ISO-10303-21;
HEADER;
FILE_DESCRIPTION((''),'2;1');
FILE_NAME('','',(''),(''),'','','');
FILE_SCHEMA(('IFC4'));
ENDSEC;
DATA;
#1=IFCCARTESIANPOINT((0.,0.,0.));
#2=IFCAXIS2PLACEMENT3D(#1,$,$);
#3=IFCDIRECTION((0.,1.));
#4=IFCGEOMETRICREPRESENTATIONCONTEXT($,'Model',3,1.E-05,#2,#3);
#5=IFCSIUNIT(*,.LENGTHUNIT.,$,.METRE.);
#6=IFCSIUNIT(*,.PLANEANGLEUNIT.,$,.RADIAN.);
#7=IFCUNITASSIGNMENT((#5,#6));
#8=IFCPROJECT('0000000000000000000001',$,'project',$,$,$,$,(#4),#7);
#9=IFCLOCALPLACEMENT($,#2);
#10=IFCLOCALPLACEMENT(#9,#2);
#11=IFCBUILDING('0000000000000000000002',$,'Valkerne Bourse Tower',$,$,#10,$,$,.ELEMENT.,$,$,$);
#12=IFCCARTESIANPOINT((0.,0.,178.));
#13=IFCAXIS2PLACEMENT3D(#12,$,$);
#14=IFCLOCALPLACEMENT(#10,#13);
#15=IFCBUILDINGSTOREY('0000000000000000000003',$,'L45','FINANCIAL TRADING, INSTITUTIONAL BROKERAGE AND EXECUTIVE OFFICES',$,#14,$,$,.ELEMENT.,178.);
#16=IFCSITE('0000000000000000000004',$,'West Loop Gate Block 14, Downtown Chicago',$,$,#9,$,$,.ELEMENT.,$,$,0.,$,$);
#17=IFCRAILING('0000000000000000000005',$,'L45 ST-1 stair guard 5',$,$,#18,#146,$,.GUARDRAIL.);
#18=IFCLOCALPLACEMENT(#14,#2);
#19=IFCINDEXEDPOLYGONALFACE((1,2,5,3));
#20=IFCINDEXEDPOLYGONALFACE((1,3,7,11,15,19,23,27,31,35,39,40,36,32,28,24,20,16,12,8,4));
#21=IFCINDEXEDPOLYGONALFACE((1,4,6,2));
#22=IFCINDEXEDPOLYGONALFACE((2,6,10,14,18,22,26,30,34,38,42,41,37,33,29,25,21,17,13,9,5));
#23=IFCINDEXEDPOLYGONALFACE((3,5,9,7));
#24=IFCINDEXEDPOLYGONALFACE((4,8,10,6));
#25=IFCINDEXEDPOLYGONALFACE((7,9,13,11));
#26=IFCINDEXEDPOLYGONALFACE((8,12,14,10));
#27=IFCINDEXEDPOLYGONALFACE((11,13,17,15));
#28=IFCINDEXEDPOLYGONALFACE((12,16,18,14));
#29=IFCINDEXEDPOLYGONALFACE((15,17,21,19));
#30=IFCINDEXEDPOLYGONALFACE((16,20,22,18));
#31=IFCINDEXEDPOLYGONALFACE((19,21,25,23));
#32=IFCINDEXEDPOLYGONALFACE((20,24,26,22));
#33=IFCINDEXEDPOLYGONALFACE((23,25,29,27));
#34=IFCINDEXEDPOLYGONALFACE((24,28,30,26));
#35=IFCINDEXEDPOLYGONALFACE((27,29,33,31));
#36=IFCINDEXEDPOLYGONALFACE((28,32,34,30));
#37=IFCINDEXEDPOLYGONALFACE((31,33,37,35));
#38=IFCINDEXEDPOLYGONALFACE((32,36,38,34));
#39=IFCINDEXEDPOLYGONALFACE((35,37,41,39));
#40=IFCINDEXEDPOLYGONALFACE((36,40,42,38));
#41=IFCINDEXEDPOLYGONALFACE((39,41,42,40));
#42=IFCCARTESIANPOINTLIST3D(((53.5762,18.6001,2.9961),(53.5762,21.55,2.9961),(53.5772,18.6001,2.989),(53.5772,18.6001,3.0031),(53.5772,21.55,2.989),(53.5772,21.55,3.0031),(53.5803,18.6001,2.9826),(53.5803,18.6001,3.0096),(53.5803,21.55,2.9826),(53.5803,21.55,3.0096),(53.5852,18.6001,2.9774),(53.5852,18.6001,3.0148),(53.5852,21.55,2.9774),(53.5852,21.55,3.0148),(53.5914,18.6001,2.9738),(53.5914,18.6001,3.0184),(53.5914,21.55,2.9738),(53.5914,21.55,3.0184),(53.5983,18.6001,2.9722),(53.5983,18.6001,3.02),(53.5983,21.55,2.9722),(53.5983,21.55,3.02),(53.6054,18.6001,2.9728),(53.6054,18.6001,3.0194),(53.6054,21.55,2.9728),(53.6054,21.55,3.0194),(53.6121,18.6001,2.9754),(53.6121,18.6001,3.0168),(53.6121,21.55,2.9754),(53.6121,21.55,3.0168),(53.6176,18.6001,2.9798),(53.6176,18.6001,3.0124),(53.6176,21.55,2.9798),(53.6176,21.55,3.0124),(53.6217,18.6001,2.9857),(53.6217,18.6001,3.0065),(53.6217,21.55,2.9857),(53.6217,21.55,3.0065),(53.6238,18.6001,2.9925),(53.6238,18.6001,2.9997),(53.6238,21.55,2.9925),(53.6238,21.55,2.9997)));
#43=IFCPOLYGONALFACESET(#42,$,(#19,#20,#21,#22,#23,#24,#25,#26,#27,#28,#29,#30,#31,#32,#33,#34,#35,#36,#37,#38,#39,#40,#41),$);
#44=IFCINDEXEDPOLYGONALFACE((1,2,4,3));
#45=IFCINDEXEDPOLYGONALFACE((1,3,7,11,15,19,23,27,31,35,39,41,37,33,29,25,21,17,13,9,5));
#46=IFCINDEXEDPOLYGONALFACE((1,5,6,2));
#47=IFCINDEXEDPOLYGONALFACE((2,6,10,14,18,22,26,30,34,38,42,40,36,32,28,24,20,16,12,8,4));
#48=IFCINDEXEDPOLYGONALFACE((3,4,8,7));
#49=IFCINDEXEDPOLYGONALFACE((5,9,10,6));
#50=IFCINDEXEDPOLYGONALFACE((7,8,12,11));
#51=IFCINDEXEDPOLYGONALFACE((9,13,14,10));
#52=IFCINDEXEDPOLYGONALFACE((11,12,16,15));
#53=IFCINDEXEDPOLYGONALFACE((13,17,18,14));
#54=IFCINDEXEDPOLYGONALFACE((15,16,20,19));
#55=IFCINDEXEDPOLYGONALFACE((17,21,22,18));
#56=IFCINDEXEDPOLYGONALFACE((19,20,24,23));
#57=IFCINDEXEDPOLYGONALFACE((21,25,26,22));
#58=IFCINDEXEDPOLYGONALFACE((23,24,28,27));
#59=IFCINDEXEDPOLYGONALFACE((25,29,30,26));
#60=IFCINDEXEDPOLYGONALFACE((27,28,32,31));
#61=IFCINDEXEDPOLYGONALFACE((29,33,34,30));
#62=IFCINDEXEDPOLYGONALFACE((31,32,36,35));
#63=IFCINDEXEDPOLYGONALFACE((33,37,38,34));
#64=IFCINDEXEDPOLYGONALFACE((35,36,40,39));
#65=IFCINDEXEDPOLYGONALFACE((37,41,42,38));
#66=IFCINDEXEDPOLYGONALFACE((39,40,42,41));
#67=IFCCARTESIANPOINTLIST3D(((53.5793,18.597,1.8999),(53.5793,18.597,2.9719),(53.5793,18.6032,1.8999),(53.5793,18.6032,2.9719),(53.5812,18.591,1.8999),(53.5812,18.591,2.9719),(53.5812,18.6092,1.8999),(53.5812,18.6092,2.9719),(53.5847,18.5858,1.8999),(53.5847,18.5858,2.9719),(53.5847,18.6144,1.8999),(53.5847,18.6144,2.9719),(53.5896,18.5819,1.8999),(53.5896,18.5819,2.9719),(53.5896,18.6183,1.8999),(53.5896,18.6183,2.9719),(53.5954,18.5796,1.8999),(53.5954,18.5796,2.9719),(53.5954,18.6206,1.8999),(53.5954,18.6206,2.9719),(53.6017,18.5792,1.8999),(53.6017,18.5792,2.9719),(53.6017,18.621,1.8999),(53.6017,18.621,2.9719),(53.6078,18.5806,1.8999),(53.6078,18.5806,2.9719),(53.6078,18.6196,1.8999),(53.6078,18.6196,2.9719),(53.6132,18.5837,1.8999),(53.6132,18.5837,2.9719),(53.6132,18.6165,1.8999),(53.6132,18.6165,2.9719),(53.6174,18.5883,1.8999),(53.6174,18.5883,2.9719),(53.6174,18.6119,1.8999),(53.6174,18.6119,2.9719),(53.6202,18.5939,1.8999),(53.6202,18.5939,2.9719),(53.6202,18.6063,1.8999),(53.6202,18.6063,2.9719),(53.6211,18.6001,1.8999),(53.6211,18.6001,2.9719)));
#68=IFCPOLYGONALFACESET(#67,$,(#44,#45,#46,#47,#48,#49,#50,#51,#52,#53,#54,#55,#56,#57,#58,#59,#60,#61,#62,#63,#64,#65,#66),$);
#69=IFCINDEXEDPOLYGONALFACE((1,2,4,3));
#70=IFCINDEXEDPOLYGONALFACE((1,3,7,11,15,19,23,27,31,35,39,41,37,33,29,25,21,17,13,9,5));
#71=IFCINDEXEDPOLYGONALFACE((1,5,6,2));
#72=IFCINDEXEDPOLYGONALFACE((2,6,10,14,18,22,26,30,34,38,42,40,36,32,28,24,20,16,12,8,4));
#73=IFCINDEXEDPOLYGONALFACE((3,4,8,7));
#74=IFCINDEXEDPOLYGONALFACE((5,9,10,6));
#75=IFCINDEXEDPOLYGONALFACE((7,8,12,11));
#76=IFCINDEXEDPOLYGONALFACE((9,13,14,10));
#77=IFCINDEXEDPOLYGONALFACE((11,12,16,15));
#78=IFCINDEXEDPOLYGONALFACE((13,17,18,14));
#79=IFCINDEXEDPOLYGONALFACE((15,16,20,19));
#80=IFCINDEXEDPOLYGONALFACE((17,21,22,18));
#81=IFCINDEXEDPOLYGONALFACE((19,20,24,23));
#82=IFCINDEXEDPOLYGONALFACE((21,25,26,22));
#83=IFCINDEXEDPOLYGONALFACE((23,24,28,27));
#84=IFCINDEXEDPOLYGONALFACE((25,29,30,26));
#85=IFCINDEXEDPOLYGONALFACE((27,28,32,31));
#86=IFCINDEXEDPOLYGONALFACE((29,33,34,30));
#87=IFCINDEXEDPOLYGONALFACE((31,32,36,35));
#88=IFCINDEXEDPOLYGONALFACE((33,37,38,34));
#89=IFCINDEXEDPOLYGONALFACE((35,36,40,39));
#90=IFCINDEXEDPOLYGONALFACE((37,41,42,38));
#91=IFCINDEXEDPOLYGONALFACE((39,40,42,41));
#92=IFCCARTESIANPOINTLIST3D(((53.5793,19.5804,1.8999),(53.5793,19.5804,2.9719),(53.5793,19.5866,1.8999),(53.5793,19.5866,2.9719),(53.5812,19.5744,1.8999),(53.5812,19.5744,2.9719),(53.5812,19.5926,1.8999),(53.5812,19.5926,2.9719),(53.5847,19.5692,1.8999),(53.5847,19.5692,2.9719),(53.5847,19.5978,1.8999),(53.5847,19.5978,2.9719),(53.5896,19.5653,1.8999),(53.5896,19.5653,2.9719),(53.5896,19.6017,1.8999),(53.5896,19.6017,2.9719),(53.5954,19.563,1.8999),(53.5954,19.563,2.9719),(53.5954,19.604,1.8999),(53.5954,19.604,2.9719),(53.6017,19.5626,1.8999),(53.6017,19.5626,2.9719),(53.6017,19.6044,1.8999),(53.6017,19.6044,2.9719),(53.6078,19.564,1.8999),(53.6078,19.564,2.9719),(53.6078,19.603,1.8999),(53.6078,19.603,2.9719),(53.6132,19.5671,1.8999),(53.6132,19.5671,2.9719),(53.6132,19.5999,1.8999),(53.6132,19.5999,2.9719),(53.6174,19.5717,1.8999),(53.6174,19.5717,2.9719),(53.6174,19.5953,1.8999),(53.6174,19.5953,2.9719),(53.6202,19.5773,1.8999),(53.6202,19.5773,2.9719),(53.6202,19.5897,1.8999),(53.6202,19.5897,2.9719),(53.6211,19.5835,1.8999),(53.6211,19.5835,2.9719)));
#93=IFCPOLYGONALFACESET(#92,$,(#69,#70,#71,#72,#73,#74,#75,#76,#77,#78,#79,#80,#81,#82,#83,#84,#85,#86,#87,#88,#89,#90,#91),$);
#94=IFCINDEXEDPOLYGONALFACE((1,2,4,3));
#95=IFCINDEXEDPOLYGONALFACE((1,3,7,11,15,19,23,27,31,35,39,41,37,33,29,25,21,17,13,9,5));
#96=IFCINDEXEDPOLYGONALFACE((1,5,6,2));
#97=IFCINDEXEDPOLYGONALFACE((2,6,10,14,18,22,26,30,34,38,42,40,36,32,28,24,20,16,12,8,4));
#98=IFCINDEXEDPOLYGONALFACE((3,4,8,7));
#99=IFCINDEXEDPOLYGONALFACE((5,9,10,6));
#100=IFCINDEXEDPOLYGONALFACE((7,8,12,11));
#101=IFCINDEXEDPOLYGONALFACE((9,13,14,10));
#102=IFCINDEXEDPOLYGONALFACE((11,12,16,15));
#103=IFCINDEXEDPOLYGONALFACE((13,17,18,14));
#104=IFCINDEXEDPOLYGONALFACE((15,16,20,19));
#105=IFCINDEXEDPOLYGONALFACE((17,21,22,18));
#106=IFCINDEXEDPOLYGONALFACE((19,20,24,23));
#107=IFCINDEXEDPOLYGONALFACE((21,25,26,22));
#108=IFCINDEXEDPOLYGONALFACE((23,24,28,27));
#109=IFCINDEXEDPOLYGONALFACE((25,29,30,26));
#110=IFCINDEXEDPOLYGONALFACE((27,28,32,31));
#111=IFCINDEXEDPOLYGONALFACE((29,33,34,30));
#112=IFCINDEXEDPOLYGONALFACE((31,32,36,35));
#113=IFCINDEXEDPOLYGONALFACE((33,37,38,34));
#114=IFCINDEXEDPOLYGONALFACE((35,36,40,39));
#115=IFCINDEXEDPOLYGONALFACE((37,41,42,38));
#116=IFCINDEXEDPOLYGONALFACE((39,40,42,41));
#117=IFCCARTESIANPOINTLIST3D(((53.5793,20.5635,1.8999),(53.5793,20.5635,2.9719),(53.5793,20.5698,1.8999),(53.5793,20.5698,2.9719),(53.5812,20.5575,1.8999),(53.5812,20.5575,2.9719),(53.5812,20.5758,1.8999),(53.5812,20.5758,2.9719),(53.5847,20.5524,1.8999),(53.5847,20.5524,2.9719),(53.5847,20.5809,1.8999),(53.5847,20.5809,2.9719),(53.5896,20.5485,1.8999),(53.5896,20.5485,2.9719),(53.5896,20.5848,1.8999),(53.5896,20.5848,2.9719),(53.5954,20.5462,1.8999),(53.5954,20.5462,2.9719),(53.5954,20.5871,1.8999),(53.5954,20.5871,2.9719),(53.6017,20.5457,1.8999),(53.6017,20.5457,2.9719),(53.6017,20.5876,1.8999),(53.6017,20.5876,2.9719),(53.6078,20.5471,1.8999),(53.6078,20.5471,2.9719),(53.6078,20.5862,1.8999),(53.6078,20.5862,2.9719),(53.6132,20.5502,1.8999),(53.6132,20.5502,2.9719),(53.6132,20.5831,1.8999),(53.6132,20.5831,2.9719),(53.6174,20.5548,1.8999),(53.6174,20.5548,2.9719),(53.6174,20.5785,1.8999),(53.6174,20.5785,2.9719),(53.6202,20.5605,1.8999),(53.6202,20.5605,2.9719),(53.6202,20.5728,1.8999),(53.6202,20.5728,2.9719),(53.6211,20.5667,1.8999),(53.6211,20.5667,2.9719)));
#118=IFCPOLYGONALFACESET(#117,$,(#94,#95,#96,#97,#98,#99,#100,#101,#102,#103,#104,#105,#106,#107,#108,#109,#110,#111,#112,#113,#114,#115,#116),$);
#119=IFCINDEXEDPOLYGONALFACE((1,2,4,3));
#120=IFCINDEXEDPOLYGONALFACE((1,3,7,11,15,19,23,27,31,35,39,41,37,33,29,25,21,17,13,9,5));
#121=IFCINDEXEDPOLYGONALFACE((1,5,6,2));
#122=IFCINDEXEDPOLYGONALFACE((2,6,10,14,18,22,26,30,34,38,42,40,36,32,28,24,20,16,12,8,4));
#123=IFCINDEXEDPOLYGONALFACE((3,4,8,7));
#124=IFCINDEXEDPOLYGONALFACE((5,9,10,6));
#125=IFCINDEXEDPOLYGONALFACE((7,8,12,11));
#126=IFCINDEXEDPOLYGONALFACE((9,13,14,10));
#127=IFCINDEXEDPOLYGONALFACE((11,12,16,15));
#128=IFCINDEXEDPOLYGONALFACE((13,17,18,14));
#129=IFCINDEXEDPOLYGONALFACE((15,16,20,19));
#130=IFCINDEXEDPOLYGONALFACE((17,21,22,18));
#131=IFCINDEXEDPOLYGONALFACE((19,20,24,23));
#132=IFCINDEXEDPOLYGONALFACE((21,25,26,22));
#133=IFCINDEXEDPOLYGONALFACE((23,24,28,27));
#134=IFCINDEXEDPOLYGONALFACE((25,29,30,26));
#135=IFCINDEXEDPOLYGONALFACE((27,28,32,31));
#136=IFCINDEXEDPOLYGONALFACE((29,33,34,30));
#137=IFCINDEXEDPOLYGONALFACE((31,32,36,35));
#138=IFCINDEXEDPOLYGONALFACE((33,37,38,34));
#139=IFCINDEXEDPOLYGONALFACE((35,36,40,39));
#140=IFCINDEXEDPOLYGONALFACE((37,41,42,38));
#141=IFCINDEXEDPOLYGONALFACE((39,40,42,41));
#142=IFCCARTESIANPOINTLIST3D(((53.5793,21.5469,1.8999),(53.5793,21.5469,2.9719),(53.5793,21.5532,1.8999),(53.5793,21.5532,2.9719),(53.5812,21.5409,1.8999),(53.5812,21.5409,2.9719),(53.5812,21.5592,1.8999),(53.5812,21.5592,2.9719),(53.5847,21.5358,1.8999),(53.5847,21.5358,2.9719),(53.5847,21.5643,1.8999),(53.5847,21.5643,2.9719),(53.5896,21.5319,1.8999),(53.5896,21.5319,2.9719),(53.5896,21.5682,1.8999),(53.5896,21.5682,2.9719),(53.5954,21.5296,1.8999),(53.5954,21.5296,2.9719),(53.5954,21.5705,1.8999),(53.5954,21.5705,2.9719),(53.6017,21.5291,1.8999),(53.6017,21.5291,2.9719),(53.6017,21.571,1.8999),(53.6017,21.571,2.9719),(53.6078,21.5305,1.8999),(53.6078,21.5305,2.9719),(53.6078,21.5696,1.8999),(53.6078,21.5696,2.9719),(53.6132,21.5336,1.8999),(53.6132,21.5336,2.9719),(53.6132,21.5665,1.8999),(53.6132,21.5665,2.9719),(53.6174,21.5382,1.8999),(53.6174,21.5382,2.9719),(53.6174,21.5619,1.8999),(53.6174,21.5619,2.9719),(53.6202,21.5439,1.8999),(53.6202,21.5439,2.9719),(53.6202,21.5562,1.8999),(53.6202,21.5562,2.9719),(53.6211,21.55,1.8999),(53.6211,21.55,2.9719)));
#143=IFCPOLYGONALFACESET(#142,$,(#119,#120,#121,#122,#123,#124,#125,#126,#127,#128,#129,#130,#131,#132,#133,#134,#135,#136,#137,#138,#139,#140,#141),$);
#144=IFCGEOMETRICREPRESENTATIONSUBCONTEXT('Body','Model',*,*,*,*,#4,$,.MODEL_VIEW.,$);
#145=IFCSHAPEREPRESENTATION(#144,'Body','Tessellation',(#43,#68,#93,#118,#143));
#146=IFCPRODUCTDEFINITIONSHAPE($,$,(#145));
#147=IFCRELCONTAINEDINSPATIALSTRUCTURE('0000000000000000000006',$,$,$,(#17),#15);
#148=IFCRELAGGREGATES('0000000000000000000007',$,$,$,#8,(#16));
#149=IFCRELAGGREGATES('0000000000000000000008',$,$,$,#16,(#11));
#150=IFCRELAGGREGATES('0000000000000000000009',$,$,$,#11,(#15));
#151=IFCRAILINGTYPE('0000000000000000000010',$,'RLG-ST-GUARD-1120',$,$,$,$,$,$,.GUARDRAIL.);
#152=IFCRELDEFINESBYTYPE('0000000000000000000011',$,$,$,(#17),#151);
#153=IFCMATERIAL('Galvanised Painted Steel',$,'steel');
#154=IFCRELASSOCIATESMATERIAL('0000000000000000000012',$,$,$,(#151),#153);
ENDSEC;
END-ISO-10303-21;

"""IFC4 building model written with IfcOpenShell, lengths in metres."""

from ifc_helpers import new_model, si_unit, direction, frame, origin, origin_2d, place, context, subcontext, project, spatial, circle, extrude, material, type_object, element, save


model = new_model("IFC4")

# Units and contexts
model_context = context("Model", 3, precision=1e-05, world=origin(), true_north=direction((0.0, 1.0)))
body_context = subcontext(model_context, "Body", "Model", "MODEL_VIEW")
ifc_project = project(units=[si_unit("LENGTHUNIT", "METRE"), si_unit("PLANEANGLEUNIT", "RADIAN")], contexts=[model_context])

# Site, building, storey
site_placement = place(None, origin())
site = spatial("IfcSite", under=ifc_project, at=site_placement, Name="West Loop Gate Block 14, Downtown Chicago", CompositionType="ELEMENT", RefElevation=0.0)
building_placement = place(site_placement, origin())
building = spatial("IfcBuilding", under=site, at=building_placement, Name="Valkerne Bourse Tower", CompositionType="ELEMENT")
storey_placement = place(building_placement, frame((0.0, 0.0, 178.0)))
storey = spatial("IfcBuildingStorey", under=building, at=storey_placement, Name="L45", Description="FINANCIAL TRADING, INSTITUTIONAL BROKERAGE AND EXECUTIVE OFFICES", CompositionType="ELEMENT", Elevation=178.0)

# Railing
ifc_material_1 = material(Name="Galvanised Painted Steel", Category="steel")
railing_type = type_object("IfcRailingType", Name="RLG-ST-GUARD-1120", PredefinedType="GUARDRAIL", material=ifc_material_1)
railing_1_placement = place(storey_placement, frame((53.6001, 18.6001, 1.8999)))
element("IfcRailing", 1, at=railing_1_placement, inside=storey, type_object=railing_type, Name="L45 ST-1 stair guard 5", PredefinedType="GUARDRAIL", context=body_context, shape_type="SweptSolid", body=[
    extrude(circle(Radius=0.0239, at=origin_2d()), frame((0.0, 0.0, 1.0962), z_axis=(0.0, 1.0, 0.0), x_axis=(-1.0, 0.0, 0.0)), (0.0, 0.0, 1.0), 2.95),
    extrude(circle(Radius=0.021, at=origin_2d()), origin(), (0.0, 0.0, 1.0), 1.072),
    extrude(circle(Radius=0.021, at=origin_2d()), frame((0.0, 0.9834, 0.0)), (0.0, 0.0, 1.0), 1.072),
    extrude(circle(Radius=0.021, at=origin_2d()), frame((0.0, 1.9666, 0.0)), (0.0, 0.0, 1.0), 1.072),
    extrude(circle(Radius=0.021, at=origin_2d()), frame((0.0, 2.95, 0.0)), (0.0, 0.0, 1.0), 1.072),
])

save(model, "model.ifc")
